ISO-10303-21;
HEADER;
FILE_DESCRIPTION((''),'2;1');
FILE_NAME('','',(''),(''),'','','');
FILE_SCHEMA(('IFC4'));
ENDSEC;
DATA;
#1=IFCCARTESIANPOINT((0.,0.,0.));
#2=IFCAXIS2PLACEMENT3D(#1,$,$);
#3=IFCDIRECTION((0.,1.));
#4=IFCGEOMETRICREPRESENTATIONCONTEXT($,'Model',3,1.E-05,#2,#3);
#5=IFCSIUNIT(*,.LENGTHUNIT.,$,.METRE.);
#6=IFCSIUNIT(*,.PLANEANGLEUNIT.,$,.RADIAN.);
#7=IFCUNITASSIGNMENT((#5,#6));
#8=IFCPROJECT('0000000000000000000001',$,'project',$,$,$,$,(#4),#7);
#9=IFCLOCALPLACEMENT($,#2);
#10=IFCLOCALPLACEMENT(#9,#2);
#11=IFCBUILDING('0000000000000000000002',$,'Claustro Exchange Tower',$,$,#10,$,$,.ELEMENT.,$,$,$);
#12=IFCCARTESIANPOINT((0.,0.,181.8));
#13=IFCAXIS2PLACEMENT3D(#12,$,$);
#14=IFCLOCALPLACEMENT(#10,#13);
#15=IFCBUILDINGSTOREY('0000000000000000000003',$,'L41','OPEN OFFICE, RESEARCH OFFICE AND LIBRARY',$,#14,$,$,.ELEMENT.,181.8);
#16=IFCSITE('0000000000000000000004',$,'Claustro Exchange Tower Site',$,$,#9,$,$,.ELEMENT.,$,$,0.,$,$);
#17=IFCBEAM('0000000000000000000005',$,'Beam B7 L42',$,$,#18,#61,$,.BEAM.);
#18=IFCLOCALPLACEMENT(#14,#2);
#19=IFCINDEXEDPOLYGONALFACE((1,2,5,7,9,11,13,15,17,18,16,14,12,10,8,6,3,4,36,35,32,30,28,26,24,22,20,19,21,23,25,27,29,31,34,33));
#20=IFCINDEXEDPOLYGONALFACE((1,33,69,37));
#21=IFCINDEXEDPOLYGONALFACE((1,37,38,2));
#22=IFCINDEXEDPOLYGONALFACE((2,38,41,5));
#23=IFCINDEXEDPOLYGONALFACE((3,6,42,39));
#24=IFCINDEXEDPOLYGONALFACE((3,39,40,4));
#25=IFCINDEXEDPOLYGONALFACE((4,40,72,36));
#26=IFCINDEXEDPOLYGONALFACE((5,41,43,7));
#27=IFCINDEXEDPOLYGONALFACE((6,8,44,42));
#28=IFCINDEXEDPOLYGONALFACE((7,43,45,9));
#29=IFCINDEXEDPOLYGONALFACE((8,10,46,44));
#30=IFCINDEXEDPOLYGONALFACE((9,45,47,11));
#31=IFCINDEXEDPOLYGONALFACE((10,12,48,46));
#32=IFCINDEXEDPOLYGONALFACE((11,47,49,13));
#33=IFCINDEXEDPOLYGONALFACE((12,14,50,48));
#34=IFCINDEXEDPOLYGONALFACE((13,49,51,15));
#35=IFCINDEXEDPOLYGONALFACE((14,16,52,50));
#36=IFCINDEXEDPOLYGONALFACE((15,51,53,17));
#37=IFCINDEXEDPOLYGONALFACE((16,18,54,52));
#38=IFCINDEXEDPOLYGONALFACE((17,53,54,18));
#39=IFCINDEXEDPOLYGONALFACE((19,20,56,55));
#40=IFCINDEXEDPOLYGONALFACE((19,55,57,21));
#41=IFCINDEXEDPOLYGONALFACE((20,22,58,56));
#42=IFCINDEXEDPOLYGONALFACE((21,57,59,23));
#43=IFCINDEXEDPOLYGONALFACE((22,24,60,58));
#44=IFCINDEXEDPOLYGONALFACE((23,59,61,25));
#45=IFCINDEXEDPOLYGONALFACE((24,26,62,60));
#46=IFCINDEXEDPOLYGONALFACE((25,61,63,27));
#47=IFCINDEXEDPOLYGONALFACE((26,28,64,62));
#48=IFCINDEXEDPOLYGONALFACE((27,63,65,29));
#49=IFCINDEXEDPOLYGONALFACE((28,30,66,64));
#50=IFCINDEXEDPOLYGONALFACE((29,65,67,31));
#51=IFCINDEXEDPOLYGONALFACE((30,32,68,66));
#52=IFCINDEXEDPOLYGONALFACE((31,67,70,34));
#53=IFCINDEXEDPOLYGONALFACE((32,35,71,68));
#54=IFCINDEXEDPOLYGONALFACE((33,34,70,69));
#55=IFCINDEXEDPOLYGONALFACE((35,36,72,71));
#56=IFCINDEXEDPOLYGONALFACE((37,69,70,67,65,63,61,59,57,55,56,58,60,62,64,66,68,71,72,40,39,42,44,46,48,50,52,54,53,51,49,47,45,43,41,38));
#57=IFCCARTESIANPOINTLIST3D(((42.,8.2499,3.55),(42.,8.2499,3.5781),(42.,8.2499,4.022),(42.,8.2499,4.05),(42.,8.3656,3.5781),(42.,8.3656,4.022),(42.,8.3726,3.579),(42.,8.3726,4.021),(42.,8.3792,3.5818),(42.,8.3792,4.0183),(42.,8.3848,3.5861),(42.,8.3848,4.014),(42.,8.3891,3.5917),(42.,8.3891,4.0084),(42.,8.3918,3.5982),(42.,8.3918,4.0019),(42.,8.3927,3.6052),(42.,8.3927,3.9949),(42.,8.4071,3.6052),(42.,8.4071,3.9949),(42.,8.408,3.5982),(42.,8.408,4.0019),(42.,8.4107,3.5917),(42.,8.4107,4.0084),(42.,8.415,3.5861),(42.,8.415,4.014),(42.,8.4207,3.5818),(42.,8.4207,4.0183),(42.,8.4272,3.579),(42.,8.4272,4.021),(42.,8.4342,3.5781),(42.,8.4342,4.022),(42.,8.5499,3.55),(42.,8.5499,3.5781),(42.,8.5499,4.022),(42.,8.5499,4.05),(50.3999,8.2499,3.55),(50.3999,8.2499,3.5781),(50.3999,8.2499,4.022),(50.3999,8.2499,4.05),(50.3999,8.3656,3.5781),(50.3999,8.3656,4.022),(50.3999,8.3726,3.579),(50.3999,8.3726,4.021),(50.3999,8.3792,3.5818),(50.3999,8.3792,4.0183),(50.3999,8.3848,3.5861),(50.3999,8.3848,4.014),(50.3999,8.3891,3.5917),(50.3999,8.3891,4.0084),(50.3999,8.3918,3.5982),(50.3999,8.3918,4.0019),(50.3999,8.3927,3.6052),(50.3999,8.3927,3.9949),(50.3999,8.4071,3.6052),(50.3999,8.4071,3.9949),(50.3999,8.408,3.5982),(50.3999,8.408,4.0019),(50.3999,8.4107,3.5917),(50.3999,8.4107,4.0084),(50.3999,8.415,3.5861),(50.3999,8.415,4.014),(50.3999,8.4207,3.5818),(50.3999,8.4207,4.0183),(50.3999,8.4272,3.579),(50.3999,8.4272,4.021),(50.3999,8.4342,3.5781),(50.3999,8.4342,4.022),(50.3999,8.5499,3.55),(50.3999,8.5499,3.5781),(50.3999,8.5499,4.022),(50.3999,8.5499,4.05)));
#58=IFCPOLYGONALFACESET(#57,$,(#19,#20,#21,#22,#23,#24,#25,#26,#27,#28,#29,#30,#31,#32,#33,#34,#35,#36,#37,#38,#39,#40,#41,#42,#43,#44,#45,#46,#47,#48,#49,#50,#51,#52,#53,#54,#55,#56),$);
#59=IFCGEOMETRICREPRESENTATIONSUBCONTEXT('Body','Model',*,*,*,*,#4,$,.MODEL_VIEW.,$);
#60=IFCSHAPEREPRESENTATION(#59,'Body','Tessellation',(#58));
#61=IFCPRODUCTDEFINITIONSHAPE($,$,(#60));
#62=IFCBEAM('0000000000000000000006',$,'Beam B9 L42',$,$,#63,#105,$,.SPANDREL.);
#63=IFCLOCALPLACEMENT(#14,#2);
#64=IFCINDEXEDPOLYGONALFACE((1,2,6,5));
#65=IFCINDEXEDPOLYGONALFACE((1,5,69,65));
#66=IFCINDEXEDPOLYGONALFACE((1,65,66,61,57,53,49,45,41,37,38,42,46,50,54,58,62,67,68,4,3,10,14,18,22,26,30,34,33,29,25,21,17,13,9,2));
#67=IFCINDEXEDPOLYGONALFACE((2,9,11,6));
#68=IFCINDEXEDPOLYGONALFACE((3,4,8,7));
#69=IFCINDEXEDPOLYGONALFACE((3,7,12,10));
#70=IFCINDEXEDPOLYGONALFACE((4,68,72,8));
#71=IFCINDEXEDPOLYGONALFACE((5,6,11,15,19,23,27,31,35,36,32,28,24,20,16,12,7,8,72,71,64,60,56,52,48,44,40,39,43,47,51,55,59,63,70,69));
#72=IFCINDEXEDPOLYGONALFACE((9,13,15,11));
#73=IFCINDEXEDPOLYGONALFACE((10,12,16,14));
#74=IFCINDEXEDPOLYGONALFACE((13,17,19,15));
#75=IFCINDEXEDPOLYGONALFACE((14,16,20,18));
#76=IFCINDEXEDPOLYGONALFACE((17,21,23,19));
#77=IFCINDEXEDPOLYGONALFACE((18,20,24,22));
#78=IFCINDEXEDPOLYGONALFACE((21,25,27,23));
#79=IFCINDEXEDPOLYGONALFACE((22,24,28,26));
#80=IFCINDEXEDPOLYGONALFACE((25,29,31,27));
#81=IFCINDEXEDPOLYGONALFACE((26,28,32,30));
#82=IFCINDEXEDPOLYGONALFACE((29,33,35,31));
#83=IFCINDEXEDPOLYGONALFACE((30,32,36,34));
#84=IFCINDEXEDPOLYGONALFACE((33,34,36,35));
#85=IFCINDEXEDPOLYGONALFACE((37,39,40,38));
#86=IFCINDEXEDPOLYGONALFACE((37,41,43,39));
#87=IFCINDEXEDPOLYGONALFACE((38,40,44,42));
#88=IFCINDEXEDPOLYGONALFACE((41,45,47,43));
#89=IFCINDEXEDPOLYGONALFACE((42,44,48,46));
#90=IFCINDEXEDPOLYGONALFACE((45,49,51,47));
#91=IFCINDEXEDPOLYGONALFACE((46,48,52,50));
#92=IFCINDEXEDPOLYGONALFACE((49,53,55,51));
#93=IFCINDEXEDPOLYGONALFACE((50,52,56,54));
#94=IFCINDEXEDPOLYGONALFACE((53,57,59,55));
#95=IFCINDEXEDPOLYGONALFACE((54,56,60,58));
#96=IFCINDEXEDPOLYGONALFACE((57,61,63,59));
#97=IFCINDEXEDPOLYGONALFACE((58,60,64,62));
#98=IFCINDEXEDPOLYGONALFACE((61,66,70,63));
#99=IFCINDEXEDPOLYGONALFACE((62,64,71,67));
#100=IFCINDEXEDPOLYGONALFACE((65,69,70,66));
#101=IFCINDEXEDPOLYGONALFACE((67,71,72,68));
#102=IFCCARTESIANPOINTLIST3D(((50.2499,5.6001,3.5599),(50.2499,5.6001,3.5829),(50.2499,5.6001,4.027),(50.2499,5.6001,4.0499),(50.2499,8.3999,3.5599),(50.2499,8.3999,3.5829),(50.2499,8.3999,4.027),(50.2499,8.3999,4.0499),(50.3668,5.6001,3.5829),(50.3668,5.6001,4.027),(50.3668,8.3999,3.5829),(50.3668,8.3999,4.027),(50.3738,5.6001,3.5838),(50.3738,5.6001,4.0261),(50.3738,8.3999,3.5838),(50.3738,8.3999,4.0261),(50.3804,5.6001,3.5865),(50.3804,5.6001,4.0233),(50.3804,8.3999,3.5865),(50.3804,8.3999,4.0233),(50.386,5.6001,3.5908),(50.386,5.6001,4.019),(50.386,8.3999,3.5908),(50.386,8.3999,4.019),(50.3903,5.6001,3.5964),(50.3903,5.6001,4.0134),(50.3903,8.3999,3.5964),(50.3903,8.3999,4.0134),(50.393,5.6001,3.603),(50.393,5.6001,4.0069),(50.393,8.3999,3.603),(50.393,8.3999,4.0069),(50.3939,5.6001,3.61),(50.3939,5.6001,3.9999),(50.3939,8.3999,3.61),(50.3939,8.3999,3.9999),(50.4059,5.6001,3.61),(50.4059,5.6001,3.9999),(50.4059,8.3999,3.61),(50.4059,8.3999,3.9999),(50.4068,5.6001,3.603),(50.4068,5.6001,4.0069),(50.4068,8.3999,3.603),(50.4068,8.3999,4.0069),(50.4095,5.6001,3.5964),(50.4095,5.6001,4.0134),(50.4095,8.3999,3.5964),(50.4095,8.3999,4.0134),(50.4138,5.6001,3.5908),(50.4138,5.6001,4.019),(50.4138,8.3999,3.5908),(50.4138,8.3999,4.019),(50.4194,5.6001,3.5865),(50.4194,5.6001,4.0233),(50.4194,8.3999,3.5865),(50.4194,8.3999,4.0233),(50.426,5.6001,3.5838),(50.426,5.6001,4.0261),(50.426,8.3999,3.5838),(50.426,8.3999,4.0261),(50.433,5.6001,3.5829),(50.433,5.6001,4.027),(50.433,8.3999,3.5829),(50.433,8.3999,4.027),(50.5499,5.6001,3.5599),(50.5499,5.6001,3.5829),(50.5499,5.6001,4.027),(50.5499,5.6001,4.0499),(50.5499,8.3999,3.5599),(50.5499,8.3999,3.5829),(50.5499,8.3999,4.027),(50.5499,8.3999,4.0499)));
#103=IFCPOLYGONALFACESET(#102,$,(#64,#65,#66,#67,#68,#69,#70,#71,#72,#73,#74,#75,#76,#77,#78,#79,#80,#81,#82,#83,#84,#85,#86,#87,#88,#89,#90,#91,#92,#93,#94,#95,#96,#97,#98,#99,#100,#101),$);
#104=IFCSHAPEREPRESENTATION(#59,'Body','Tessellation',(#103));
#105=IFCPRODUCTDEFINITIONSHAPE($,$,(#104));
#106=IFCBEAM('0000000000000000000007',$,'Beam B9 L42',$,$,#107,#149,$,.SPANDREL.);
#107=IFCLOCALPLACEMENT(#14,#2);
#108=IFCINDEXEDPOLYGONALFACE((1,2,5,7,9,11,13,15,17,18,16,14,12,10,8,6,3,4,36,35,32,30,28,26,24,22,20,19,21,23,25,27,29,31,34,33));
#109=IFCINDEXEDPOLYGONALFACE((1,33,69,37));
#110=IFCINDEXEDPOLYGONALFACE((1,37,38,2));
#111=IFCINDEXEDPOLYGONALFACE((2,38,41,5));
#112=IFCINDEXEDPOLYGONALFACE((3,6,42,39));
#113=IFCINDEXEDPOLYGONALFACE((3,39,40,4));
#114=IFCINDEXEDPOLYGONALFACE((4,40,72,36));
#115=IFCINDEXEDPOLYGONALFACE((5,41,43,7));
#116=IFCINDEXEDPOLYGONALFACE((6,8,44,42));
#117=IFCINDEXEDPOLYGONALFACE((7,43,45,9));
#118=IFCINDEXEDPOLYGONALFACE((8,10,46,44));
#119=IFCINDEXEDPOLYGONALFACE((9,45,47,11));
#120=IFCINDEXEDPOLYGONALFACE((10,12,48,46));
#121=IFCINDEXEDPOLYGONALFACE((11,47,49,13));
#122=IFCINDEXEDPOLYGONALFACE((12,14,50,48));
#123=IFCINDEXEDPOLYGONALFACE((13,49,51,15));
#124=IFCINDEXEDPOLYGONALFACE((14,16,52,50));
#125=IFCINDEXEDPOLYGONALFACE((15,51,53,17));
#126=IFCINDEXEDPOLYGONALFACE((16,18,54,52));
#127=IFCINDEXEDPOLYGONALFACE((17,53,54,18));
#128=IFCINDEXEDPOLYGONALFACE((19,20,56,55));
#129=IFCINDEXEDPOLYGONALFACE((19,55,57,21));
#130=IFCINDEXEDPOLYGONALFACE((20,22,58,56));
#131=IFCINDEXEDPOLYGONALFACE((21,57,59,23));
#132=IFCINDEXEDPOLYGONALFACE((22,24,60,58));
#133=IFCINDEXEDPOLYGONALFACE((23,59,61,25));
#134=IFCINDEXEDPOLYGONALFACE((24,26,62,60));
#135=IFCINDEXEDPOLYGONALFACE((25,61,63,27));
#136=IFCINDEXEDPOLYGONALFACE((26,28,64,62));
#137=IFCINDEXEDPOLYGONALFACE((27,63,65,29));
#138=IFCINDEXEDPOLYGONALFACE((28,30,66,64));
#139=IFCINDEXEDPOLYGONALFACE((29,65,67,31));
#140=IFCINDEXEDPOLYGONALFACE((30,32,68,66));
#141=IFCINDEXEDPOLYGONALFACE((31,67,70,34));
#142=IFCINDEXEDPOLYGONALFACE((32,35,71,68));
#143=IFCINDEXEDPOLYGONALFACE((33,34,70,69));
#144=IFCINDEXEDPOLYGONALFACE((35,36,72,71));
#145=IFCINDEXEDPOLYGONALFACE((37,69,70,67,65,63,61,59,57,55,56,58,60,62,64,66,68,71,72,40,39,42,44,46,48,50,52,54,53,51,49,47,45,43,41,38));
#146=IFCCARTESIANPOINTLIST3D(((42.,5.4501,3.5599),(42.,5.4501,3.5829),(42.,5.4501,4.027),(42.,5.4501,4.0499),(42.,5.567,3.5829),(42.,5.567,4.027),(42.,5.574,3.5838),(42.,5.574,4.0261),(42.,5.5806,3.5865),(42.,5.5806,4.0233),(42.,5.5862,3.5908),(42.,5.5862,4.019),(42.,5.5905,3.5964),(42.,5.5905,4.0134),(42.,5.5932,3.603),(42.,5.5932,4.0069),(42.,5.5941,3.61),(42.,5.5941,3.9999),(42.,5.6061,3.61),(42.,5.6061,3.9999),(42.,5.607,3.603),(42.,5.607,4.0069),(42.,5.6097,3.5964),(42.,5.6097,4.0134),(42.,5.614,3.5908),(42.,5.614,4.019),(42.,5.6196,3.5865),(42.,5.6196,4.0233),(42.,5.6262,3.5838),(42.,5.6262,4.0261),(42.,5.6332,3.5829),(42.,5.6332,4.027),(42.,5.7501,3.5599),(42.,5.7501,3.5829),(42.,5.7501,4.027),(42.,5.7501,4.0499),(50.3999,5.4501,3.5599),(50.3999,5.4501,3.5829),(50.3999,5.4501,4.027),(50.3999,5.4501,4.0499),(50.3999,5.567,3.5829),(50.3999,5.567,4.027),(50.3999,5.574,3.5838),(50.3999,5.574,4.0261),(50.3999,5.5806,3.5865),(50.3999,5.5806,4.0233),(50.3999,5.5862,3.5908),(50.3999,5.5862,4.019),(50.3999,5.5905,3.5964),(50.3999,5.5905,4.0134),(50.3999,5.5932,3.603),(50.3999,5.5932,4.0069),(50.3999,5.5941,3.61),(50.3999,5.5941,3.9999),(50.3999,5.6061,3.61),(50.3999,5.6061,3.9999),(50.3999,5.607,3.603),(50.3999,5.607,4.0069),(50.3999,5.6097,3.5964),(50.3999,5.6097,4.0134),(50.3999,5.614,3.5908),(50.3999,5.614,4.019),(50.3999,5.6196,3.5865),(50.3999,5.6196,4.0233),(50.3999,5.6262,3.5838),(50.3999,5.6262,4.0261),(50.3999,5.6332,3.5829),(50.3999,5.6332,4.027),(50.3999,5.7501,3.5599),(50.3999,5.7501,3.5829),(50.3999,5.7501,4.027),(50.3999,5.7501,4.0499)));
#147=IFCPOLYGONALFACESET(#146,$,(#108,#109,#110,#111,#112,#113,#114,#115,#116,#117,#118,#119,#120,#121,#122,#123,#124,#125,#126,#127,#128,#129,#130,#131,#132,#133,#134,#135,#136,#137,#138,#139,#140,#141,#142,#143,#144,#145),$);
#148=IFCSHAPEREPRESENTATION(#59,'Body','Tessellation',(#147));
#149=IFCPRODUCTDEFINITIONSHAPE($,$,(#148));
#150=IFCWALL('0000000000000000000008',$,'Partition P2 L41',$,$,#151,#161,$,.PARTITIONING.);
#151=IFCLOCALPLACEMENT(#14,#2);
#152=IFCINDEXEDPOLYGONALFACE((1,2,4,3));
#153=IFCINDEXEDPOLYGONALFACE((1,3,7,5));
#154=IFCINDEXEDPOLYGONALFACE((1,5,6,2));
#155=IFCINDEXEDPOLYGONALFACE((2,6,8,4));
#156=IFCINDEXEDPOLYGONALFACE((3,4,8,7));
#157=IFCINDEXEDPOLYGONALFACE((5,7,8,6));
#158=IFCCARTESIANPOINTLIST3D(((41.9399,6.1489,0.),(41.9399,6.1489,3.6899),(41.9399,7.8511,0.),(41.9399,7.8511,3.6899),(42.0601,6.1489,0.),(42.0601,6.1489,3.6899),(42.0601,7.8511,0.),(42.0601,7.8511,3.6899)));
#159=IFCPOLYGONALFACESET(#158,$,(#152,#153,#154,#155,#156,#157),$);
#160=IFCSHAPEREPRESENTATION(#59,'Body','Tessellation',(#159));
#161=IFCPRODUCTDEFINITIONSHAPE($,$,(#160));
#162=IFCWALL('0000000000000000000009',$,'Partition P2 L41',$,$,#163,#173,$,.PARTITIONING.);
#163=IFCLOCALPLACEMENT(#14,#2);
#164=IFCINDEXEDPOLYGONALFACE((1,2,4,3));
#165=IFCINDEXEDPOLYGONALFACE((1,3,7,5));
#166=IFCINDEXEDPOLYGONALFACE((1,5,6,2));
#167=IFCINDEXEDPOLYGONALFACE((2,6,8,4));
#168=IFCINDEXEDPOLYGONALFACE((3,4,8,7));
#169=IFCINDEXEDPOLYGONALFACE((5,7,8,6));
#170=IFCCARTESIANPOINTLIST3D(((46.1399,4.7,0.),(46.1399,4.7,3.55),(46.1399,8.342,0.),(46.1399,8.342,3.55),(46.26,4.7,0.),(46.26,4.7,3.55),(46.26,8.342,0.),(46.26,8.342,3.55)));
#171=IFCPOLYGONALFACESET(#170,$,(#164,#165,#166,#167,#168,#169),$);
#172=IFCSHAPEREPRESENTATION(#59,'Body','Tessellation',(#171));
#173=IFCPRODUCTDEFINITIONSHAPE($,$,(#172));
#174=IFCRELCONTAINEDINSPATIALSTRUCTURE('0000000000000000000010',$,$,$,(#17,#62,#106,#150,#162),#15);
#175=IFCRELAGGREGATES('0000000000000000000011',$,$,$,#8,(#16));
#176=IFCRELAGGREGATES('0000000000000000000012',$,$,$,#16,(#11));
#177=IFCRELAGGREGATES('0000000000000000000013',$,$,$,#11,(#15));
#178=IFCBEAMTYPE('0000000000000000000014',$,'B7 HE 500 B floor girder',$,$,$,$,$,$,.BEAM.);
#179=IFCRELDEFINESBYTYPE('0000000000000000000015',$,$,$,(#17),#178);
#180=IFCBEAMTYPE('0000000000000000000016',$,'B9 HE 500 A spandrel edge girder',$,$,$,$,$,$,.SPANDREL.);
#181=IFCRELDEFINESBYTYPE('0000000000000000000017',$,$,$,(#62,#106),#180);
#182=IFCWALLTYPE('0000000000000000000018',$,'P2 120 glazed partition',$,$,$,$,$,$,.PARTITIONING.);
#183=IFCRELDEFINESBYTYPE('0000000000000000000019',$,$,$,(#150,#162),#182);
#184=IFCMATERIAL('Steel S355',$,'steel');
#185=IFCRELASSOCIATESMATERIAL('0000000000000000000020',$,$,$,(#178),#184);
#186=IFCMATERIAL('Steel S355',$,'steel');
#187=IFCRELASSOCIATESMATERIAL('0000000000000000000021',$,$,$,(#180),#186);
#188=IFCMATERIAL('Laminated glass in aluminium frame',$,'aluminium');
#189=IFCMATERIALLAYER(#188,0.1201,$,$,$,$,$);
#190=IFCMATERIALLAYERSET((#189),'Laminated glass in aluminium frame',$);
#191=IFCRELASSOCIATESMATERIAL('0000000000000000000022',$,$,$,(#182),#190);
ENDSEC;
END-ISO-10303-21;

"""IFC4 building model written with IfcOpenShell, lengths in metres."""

from ifc_helpers import new_model, si_unit, direction, frame, frame_2d, origin, origin_2d, place, context, subcontext, project, spatial, rectangle, i_section, extrude, material, layer, layer_set, material_profile, profile_set, type_object, element, save


model = new_model("IFC4")

# Units and contexts
model_context = context("Model", 3, precision=1e-05, world=origin(), true_north=direction((0.0, 1.0)))
body_context = subcontext(model_context, "Body", "Model", "MODEL_VIEW")
ifc_project = project(units=[si_unit("LENGTHUNIT", "METRE"), si_unit("PLANEANGLEUNIT", "RADIAN")], contexts=[model_context])

# Site, building, storey
site_placement = place(None, origin())
site = spatial("IfcSite", under=ifc_project, at=site_placement, Name="Claustro Exchange Tower Site", CompositionType="ELEMENT", RefElevation=0.0)
building_placement = place(site_placement, origin())
building = spatial("IfcBuilding", under=site, at=building_placement, Name="Claustro Exchange Tower", CompositionType="ELEMENT")
storey_placement = place(building_placement, frame((0.0, 0.0, 181.8)))
storey = spatial("IfcBuildingStorey", under=building, at=storey_placement, Name="L41", Description="OPEN OFFICE, RESEARCH OFFICE AND LIBRARY", CompositionType="ELEMENT", Elevation=181.8)

# Beams
ifc_material_1 = material(Name="Steel S355", Category="steel")
ifc_material_profile_1 = material_profile(ifc_material_1, i_section(OverallWidth=0.3, OverallDepth=0.5, WebThickness=0.0144, FlangeThickness=0.0281, FilletRadius=0.0271, at=origin_2d()), Name="HE 500 B")
ifc_profile_set_1 = profile_set([ifc_material_profile_1], Name="Steel S355")
beam_type_1 = type_object("IfcBeamType", Name="B7 HE 500 B floor girder", PredefinedType="BEAM", material=ifc_profile_set_1)
beam_1_placement = place(storey_placement, frame((42.0, 8.3999, 3.8), z_axis=(1.0, 0.0, 0.0), x_axis=(0.0, 1.0, 0.0)))
element("IfcBeam", 1, at=beam_1_placement, inside=storey, type_object=beam_type_1, Name="Beam B7 L42", PredefinedType="BEAM", context=body_context, shape_type="SweptSolid", body=[
    extrude(i_section(OverallWidth=0.3, OverallDepth=0.5, WebThickness=0.0144, FlangeThickness=0.0281, FilletRadius=0.0271, at=origin_2d()), origin(), (0.0, 0.0, 1.0), 8.3999),
])
ifc_material_2 = material(Name="Steel S355", Category="steel")
ifc_material_profile_2 = material_profile(ifc_material_2, i_section(OverallWidth=0.3, OverallDepth=0.49, WebThickness=0.012, FlangeThickness=0.0229, FilletRadius=0.0271, at=origin_2d()), Name="HE 500 A")
ifc_profile_set_2 = profile_set([ifc_material_profile_2], Name="Steel S355")
beam_type_2 = type_object("IfcBeamType", Name="B9 HE 500 A spandrel edge girder", PredefinedType="SPANDREL", material=ifc_profile_set_2)
beam_2_placement = place(storey_placement, frame((50.3999, 5.6001, 3.8049), z_axis=(0.0, 1.0, 0.0), x_axis=(-1.0, 0.0, 0.0)))
element("IfcBeam", 2, at=beam_2_placement, inside=storey, type_object=beam_type_2, Name="Beam B9 L42", PredefinedType="SPANDREL", context=body_context, shape_type="SweptSolid", body=[
    extrude(i_section(OverallWidth=0.3, OverallDepth=0.49, WebThickness=0.012, FlangeThickness=0.0229, FilletRadius=0.0271, at=origin_2d()), origin(), (0.0, 0.0, 1.0), 2.7998),
])
beam_3_placement = place(storey_placement, frame((42.0, 5.6001, 3.8049), z_axis=(1.0, 0.0, 0.0), x_axis=(0.0, 1.0, 0.0)))
element("IfcBeam", 3, at=beam_3_placement, inside=storey, type_object=beam_type_2, Name="Beam B9 L42", PredefinedType="SPANDREL", context=body_context, shape_type="SweptSolid", body=[
    extrude(i_section(OverallWidth=0.3, OverallDepth=0.49, WebThickness=0.012, FlangeThickness=0.0229, FilletRadius=0.0271, at=origin_2d()), origin(), (0.0, 0.0, 1.0), 8.3999),
])

# Shared definitions
ifc_material_3 = material(Name="Laminated glass in aluminium frame", Category="aluminium")
ifc_layer_1 = layer(ifc_material_3, 0.1201)
ifc_layer_set_1 = layer_set([ifc_layer_1], Name="Laminated glass in aluminium frame")
wall_type_1 = type_object("IfcWallType", Name="P2 120 glazed partition", PredefinedType="PARTITIONING", material=ifc_layer_set_1)

# Walls
wall_1_placement = place(storey_placement, frame((42.0, 6.1489, 0.0), z_axis=(0.0, 0.0, 1.0), x_axis=(0.0, 1.0, 0.0)))
element("IfcWall", 4, at=wall_1_placement, inside=storey, type_object=wall_type_1, Name="Partition P2 L41", PredefinedType="PARTITIONING", context=body_context, shape_type="SweptSolid", body=[
    extrude(rectangle(XDim=1.7021, YDim=0.1201, at=frame_2d((0.8511, 0.0))), origin(), (0.0, 0.0, 1.0), 3.6899),
])
wall_2_placement = place(storey_placement, frame((46.2, 4.7, 0.0), z_axis=(0.0, 0.0, 1.0), x_axis=(0.0, 1.0, 0.0)))
element("IfcWall", 5, at=wall_2_placement, inside=storey, type_object=wall_type_1, Name="Partition P2 L41", PredefinedType="PARTITIONING", context=body_context, shape_type="SweptSolid", body=[
    extrude(rectangle(XDim=3.6421, YDim=0.1201, at=frame_2d((1.821, 0.0))), origin(), (0.0, 0.0, 1.0), 3.55),
])

save(model, "model.ifc")
